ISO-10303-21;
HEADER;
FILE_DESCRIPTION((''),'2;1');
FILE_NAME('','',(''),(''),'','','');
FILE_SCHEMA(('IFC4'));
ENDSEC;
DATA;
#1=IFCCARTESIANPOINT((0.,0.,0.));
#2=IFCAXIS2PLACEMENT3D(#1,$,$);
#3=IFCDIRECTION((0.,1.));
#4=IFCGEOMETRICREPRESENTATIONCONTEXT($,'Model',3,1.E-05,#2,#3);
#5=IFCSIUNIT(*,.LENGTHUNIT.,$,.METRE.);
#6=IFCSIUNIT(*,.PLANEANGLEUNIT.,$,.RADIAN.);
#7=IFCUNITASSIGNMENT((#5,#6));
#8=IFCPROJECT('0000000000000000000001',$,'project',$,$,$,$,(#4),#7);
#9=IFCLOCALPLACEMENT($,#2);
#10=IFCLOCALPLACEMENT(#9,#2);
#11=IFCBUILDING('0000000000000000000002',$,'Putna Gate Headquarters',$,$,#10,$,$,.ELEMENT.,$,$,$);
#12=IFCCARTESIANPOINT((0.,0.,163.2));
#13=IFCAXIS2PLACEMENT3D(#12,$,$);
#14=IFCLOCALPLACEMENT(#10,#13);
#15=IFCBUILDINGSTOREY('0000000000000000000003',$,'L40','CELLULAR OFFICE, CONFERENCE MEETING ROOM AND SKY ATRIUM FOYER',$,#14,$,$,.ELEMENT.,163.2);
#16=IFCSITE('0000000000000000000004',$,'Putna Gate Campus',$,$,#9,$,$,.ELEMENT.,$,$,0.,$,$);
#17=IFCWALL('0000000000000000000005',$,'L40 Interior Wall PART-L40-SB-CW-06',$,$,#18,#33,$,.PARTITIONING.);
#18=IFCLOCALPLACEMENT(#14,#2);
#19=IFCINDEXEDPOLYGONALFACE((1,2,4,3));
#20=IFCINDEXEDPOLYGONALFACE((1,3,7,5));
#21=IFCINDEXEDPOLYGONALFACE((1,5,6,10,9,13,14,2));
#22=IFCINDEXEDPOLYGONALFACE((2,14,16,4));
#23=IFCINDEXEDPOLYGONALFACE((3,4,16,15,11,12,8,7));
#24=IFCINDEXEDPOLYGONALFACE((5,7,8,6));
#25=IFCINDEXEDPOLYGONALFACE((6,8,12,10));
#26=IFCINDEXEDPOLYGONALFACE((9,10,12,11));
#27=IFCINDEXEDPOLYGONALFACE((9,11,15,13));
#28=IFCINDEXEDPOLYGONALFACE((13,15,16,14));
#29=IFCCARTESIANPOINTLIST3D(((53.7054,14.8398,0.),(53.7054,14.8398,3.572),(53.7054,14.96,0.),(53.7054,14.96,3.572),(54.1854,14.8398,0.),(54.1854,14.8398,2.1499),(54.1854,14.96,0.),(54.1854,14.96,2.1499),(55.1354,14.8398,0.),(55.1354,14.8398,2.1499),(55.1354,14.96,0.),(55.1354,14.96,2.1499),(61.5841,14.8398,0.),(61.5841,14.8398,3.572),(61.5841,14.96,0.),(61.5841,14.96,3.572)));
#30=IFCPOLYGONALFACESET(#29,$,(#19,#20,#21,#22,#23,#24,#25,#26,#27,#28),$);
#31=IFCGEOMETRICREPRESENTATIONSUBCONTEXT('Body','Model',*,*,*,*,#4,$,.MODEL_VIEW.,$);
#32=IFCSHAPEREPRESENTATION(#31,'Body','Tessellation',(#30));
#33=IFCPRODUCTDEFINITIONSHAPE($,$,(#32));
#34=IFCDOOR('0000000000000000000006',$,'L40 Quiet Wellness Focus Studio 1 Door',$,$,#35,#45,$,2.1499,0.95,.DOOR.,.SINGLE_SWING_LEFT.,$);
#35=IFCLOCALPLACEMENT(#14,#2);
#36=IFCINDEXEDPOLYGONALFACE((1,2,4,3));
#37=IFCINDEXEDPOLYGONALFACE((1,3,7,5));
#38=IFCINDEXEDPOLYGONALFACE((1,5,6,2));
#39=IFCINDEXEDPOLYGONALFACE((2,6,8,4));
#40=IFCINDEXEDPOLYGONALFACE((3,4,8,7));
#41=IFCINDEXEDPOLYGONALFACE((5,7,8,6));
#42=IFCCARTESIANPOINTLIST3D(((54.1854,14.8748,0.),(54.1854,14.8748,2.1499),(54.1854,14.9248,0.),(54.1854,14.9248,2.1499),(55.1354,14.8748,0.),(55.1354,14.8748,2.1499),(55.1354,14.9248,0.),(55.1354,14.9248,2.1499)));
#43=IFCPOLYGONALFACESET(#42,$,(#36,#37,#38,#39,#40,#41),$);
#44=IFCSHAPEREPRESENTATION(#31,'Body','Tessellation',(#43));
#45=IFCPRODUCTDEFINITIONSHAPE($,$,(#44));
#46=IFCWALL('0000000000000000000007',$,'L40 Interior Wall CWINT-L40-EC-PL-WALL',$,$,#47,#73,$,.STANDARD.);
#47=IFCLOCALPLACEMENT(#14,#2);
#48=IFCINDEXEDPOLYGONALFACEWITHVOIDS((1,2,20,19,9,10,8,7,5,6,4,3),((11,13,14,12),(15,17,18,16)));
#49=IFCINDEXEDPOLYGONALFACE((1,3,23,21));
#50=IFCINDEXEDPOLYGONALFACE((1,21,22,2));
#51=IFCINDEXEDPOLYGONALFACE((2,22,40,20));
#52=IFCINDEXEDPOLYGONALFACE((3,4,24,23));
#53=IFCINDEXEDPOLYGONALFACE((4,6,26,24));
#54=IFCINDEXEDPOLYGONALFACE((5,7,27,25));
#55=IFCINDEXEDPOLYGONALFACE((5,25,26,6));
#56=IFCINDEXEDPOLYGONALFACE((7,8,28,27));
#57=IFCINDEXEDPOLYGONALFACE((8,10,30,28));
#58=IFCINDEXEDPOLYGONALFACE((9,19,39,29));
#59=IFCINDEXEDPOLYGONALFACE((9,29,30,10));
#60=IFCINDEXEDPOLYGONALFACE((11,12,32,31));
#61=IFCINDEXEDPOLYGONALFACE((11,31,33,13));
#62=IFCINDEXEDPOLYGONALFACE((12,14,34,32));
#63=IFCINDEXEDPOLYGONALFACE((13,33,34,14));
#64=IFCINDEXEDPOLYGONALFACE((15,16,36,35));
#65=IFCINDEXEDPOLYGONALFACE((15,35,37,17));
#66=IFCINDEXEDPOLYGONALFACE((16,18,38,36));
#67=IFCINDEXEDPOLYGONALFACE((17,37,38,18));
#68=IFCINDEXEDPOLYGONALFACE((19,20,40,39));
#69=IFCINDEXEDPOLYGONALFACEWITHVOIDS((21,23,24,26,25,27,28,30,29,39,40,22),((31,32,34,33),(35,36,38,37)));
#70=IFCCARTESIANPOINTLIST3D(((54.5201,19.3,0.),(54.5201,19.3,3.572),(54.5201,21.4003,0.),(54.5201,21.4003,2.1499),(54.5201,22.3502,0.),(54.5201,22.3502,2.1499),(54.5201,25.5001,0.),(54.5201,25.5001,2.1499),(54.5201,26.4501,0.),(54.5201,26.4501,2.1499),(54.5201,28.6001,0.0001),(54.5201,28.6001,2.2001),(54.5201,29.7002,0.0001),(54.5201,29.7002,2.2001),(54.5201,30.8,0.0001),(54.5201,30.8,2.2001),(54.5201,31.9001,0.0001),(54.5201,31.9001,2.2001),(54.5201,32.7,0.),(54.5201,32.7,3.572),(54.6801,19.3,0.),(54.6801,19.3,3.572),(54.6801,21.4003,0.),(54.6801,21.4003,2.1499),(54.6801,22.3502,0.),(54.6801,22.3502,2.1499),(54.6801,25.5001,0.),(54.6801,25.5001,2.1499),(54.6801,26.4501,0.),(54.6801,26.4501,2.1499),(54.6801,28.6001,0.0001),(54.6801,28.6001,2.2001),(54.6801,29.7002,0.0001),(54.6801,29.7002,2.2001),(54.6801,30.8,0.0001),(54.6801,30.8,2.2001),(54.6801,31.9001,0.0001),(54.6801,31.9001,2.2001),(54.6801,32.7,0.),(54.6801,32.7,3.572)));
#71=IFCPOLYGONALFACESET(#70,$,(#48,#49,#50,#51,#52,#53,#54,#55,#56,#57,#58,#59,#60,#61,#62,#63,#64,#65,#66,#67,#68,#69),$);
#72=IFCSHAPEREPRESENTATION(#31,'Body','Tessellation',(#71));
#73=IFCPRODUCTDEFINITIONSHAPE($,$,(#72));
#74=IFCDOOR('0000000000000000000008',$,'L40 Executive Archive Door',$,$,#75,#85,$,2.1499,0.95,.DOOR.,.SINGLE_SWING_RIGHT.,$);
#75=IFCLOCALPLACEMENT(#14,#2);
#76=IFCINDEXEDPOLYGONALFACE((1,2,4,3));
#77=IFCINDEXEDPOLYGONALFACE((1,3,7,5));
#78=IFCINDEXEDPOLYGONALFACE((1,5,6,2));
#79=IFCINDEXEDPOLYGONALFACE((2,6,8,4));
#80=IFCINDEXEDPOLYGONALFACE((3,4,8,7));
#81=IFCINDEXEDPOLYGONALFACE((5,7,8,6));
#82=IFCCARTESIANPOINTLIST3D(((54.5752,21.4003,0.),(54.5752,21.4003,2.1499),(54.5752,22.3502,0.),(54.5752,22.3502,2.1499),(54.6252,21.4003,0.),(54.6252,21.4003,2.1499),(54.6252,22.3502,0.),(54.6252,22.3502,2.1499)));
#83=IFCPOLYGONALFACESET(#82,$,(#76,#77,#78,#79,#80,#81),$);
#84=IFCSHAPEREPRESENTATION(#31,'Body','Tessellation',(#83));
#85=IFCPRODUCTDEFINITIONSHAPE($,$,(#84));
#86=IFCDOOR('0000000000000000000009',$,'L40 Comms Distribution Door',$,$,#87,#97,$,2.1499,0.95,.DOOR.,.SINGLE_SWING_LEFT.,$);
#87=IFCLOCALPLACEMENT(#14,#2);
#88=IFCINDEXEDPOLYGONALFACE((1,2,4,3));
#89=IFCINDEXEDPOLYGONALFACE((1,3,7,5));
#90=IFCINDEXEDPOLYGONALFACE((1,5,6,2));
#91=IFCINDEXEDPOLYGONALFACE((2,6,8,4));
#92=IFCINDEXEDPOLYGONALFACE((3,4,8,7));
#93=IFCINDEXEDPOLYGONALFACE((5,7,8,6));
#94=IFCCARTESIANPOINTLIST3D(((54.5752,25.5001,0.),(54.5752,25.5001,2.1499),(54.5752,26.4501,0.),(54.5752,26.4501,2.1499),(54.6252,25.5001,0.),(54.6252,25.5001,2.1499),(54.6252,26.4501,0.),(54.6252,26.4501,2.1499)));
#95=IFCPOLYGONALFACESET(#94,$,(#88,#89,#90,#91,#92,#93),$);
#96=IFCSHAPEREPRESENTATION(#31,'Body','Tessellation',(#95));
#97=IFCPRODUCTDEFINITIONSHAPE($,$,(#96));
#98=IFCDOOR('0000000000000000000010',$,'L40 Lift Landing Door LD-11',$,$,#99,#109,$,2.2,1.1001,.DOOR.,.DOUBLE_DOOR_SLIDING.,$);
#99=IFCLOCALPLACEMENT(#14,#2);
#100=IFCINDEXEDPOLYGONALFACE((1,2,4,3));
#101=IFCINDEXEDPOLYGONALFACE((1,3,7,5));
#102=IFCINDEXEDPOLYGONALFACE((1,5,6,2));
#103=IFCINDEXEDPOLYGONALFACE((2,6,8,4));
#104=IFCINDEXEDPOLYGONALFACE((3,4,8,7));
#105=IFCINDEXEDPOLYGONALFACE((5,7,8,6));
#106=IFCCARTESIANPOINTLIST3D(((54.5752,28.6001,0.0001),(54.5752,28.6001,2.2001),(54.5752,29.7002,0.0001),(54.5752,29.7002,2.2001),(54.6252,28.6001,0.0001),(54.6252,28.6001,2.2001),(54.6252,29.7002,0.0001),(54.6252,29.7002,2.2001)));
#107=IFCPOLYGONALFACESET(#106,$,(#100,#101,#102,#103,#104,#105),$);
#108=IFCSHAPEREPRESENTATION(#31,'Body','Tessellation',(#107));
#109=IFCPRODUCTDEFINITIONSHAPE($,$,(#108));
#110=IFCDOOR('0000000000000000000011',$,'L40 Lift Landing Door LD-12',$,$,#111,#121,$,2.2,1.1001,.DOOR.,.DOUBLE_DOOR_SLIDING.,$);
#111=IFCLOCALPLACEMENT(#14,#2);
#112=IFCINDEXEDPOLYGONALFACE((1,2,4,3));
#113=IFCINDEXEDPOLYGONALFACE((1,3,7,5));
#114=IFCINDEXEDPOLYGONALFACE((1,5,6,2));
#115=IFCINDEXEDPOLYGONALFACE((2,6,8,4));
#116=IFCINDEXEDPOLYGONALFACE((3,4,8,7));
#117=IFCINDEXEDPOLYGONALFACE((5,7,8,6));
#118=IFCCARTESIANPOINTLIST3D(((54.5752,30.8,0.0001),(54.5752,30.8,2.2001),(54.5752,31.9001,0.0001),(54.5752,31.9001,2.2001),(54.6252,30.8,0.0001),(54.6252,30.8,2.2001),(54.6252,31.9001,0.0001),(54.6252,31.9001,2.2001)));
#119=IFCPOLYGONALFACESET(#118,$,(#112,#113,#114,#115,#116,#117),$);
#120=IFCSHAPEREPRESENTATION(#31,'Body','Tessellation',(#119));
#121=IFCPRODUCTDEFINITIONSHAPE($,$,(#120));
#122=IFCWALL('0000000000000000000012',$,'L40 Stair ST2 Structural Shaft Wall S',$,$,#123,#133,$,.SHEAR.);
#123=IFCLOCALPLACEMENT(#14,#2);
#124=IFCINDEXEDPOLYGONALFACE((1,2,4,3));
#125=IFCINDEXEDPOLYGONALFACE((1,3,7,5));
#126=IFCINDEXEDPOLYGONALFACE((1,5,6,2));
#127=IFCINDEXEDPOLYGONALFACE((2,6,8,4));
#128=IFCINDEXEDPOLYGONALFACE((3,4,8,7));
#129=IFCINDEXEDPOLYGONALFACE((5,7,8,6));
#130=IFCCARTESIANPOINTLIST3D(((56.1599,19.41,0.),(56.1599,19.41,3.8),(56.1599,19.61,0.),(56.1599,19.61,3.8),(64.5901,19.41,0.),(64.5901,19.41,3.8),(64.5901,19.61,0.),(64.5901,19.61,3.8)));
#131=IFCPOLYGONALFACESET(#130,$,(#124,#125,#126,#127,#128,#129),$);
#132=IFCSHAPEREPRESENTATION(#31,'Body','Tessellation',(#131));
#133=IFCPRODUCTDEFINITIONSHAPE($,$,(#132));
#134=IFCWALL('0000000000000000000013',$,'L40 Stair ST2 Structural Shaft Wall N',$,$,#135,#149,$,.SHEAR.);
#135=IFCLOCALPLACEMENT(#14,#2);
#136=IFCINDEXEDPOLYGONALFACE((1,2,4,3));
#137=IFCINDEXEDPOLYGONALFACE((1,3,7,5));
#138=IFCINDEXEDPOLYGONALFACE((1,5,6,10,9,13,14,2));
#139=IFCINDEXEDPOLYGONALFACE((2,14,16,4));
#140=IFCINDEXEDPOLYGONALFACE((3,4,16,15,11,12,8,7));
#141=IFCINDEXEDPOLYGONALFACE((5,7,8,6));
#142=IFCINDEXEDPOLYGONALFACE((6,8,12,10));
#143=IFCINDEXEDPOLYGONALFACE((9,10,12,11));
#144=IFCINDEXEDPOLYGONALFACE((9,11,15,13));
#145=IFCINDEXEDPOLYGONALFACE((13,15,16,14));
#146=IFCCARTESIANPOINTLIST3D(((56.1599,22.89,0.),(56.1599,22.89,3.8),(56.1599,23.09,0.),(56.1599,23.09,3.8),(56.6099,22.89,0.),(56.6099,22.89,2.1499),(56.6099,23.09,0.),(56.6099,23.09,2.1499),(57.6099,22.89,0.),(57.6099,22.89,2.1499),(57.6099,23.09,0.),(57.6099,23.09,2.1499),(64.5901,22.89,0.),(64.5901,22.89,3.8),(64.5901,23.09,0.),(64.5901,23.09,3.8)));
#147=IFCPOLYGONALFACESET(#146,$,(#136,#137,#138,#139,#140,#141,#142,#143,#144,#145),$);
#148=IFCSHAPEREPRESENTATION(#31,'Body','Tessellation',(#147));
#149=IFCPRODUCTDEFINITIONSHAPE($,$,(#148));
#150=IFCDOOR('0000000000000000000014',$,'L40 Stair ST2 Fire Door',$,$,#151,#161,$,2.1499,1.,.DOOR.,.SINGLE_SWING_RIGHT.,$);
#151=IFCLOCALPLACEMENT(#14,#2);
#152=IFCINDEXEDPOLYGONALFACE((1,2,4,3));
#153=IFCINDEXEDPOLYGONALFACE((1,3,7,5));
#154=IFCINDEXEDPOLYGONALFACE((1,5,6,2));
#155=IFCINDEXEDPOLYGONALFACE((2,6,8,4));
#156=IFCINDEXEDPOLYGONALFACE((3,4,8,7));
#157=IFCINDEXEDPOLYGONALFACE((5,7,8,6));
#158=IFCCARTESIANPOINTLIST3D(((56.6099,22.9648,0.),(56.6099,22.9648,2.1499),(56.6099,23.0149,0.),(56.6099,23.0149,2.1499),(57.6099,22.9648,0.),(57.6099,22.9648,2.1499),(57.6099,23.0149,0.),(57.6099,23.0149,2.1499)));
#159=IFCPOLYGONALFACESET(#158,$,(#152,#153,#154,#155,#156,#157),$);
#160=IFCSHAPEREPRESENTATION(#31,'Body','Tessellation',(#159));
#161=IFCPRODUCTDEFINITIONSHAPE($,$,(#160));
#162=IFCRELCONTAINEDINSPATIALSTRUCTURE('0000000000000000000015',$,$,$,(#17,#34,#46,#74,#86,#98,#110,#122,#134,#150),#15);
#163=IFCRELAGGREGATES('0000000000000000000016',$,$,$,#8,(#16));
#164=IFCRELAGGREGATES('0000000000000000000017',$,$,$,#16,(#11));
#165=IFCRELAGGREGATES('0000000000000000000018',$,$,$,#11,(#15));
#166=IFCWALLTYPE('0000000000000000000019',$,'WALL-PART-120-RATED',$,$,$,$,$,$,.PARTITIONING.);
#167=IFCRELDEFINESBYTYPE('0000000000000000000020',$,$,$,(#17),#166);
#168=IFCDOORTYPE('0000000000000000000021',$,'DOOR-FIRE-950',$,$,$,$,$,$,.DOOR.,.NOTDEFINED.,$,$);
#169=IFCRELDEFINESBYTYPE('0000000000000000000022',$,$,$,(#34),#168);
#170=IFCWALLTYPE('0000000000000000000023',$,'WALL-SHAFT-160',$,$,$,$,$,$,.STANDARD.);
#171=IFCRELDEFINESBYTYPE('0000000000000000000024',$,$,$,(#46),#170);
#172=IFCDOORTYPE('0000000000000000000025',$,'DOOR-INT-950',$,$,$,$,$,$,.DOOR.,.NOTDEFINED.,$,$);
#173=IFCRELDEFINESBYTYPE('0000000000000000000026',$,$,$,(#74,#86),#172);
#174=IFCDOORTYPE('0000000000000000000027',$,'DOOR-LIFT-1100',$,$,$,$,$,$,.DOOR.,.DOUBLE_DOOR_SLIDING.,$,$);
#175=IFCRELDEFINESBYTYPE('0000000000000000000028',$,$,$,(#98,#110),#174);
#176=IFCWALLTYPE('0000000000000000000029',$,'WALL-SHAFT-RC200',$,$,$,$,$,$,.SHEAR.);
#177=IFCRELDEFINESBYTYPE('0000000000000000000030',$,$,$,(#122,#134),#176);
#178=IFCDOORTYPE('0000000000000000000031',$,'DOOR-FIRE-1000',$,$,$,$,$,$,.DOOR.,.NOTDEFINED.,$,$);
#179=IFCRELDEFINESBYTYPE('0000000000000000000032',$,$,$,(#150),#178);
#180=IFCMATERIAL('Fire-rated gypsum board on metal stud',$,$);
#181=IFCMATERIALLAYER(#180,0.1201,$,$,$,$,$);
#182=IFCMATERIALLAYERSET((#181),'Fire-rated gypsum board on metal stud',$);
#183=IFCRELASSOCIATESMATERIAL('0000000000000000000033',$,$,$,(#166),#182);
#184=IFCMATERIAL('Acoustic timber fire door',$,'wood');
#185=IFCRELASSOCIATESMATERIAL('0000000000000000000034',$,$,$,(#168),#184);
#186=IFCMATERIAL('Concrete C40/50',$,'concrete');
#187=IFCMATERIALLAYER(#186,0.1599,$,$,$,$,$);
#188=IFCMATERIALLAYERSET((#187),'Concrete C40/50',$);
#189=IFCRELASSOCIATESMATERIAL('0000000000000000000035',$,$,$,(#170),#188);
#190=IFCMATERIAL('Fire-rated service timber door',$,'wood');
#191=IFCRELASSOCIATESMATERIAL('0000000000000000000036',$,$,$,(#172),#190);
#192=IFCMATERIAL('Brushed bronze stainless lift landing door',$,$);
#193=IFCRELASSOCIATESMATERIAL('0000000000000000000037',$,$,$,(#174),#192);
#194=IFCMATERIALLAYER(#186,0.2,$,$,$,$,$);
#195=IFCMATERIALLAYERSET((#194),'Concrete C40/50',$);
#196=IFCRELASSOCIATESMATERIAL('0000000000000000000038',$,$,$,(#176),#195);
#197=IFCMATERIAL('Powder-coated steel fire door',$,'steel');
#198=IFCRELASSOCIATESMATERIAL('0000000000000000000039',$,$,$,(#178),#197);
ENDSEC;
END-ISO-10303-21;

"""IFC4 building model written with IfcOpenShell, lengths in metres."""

from ifc_helpers import new_model, si_unit, direction, frame, frame_2d, origin, place, context, subcontext, project, spatial, rectangle, extrude, material, layer, layer_set, type_object, element, fill, save


model = new_model("IFC4")

# Units and contexts
model_context = context("Model", 3, precision=1e-05, world=origin(), true_north=direction((0.0, 1.0)))
body_context = subcontext(model_context, "Body", "Model", "MODEL_VIEW")
ifc_project = project(units=[si_unit("LENGTHUNIT", "METRE"), si_unit("PLANEANGLEUNIT", "RADIAN")], contexts=[model_context])

# Site, building, storey
site_placement = place(None, origin())
site = spatial("IfcSite", under=ifc_project, at=site_placement, Name="Putna Gate Campus", CompositionType="ELEMENT", RefElevation=0.0)
building_placement = place(site_placement, origin())
building = spatial("IfcBuilding", under=site, at=building_placement, Name="Putna Gate Headquarters", CompositionType="ELEMENT")
storey_placement = place(building_placement, frame((0.0, 0.0, 163.2)))
storey = spatial("IfcBuildingStorey", under=building, at=storey_placement, Name="L40", Description="CELLULAR OFFICE, CONFERENCE MEETING ROOM AND SKY ATRIUM FOYER", CompositionType="ELEMENT", Elevation=163.2)

# Wall, opening, door
ifc_material_1 = material(Name="Fire-rated gypsum board on metal stud")
ifc_layer_1 = layer(ifc_material_1, 0.1201)
ifc_layer_set_1 = layer_set([ifc_layer_1], Name="Fire-rated gypsum board on metal stud")
wall_type_1 = type_object("IfcWallType", Name="WALL-PART-120-RATED", PredefinedType="PARTITIONING", material=ifc_layer_set_1)
ifc_material_2 = material(Name="Acoustic timber fire door", Category="wood")
door_type_1 = type_object("IfcDoorType", Name="DOOR-FIRE-950", OperationType="NOTDEFINED", PredefinedType="DOOR", material=ifc_material_2)
wall_1_placement = place(storey_placement, frame((53.7053, 14.8999, 0.0), z_axis=(0.0, 0.0, 1.0), x_axis=(1.0, 0.0, 0.0)))
wall_1 = element("IfcWall", 1, at=wall_1_placement, inside=storey, type_object=wall_type_1, Name="L40 Interior Wall PART-L40-SB-CW-06", PredefinedType="PARTITIONING", context=body_context, shape_type="SweptSolid", body=[
    extrude(rectangle(XDim=7.8787, YDim=0.1201, at=frame_2d((3.9395, 0.0))), origin(), (0.0, 0.0, 1.0), 3.572),
])
opening_1_placement = place(wall_1_placement, frame((0.48, 0.0, 0.0)))
opening_1 = element("IfcOpeningElement", 2, at=opening_1_placement, cuts=wall_1, PredefinedType="OPENING", context=body_context, shape_type="SweptSolid", body=[
    extrude(rectangle(XDim=0.95, YDim=2.1499, at=frame_2d((0.4751, 1.075))), frame((0.0, 0.0701, 0.0), z_axis=(0.0, -1.0, 0.0), x_axis=(1.0, 0.0, 0.0)), (0.0, 0.0, 1.0), 0.1401),
])
door_1_placement = place(opening_1_placement, origin())
door_1 = element("IfcDoor", 3, at=door_1_placement, inside=storey, type_object=door_type_1, Name="L40 Quiet Wellness Focus Studio 1 Door", OperationType="SINGLE_SWING_LEFT", OverallHeight=2.1499, OverallWidth=0.95, PredefinedType="DOOR", context=body_context, shape_type="SweptSolid", body=[
    extrude(rectangle(XDim=0.95, YDim=2.1499, at=frame_2d((0.4751, 1.075))), frame((0.0, 0.0249, 0.0), z_axis=(0.0, -1.0, 0.0), x_axis=(1.0, 0.0, 0.0)), (0.0, 0.0, 1.0), 0.05),
])
fill(opening_1, door_1)

# Wall, openings, doors
ifc_material_3 = material(Name="Concrete C40/50", Category="concrete")
ifc_layer_2 = layer(ifc_material_3, 0.1599)
ifc_layer_set_2 = layer_set([ifc_layer_2], Name="Concrete C40/50")
wall_type_2 = type_object("IfcWallType", Name="WALL-SHAFT-160", PredefinedType="STANDARD", material=ifc_layer_set_2)
wall_2_placement = place(storey_placement, frame((54.6001, 19.3, 0.0), z_axis=(0.0, 0.0, 1.0), x_axis=(0.0, 1.0, 0.0)))
wall_2 = element("IfcWall", 4, at=wall_2_placement, inside=storey, type_object=wall_type_2, Name="L40 Interior Wall CWINT-L40-EC-PL-WALL", PredefinedType="STANDARD", context=body_context, shape_type="SweptSolid", body=[
    extrude(rectangle(XDim=13.3999, YDim=0.1599, at=frame_2d((6.7, 0.0))), origin(), (0.0, 0.0, 1.0), 3.572),
])
opening_2_placement = place(wall_2_placement, frame((2.1001, 0.0, 0.0)))
opening_2 = element("IfcOpeningElement", 5, at=opening_2_placement, cuts=wall_2, PredefinedType="OPENING", context=body_context, shape_type="SweptSolid", body=[
    extrude(rectangle(XDim=0.95, YDim=2.1499, at=frame_2d((0.4751, 1.075))), frame((0.0, 0.0898, 0.0), z_axis=(0.0, -1.0, 0.0), x_axis=(1.0, 0.0, 0.0)), (0.0, 0.0, 1.0), 0.1799),
])
opening_3_placement = place(wall_2_placement, frame((6.2, 0.0, 0.0)))
opening_3 = element("IfcOpeningElement", 6, at=opening_3_placement, cuts=wall_2, PredefinedType="OPENING", context=body_context, shape_type="SweptSolid", body=[
    extrude(rectangle(XDim=0.95, YDim=2.1499, at=frame_2d((0.4751, 1.075))), frame((0.0, 0.0898, 0.0), z_axis=(0.0, -1.0, 0.0), x_axis=(1.0, 0.0, 0.0)), (0.0, 0.0, 1.0), 0.1799),
])
opening_4_placement = place(wall_2_placement, frame((9.3, 0.0, 0.0)))
opening_4 = element("IfcOpeningElement", 7, at=opening_4_placement, cuts=wall_2, PredefinedType="OPENING", context=body_context, shape_type="SweptSolid", body=[
    extrude(rectangle(XDim=1.1001, YDim=2.2, at=frame_2d((0.55, 1.1001))), frame((0.0, 0.0898, 0.0), z_axis=(0.0, -1.0, 0.0), x_axis=(1.0, 0.0, 0.0)), (0.0, 0.0, 1.0), 0.1799),
])
opening_5_placement = place(wall_2_placement, frame((11.5, 0.0, 0.0)))
opening_5 = element("IfcOpeningElement", 8, at=opening_5_placement, cuts=wall_2, PredefinedType="OPENING", context=body_context, shape_type="SweptSolid", body=[
    extrude(rectangle(XDim=1.1001, YDim=2.2, at=frame_2d((0.55, 1.1001))), frame((0.0, 0.0898, 0.0), z_axis=(0.0, -1.0, 0.0), x_axis=(1.0, 0.0, 0.0)), (0.0, 0.0, 1.0), 0.1799),
])
ifc_material_4 = material(Name="Fire-rated service timber door", Category="wood")
door_type_2 = type_object("IfcDoorType", Name="DOOR-INT-950", OperationType="NOTDEFINED", PredefinedType="DOOR", material=ifc_material_4)
door_2_placement = place(opening_2_placement, origin())
door_2 = element("IfcDoor", 9, at=door_2_placement, inside=storey, type_object=door_type_2, Name="L40 Executive Archive Door", OperationType="SINGLE_SWING_RIGHT", OverallHeight=2.1499, OverallWidth=0.95, PredefinedType="DOOR", context=body_context, shape_type="SweptSolid", body=[
    extrude(rectangle(XDim=0.95, YDim=2.1499, at=frame_2d((0.4751, 1.075))), frame((0.0, 0.0249, 0.0), z_axis=(0.0, -1.0, 0.0), x_axis=(1.0, 0.0, 0.0)), (0.0, 0.0, 1.0), 0.05),
])
fill(opening_2, door_2)
door_3_placement = place(opening_3_placement, origin())
door_3 = element("IfcDoor", 10, at=door_3_placement, inside=storey, type_object=door_type_2, Name="L40 Comms Distribution Door", OperationType="SINGLE_SWING_LEFT", OverallHeight=2.1499, OverallWidth=0.95, PredefinedType="DOOR", context=body_context, shape_type="SweptSolid", body=[
    extrude(rectangle(XDim=0.95, YDim=2.1499, at=frame_2d((0.4751, 1.075))), frame((0.0, 0.0249, 0.0), z_axis=(0.0, -1.0, 0.0), x_axis=(1.0, 0.0, 0.0)), (0.0, 0.0, 1.0), 0.05),
])
fill(opening_3, door_3)
ifc_material_5 = material(Name="Brushed bronze stainless lift landing door")
door_type_3 = type_object("IfcDoorType", Name="DOOR-LIFT-1100", OperationType="DOUBLE_DOOR_SLIDING", PredefinedType="DOOR", material=ifc_material_5)
door_4_placement = place(opening_4_placement, origin())
door_4 = element("IfcDoor", 11, at=door_4_placement, inside=storey, type_object=door_type_3, Name="L40 Lift Landing Door LD-11", OperationType="DOUBLE_DOOR_SLIDING", OverallHeight=2.2, OverallWidth=1.1001, PredefinedType="DOOR", context=body_context, shape_type="SweptSolid", body=[
    extrude(rectangle(XDim=1.1001, YDim=2.2, at=frame_2d((0.55, 1.1001))), frame((0.0, 0.0249, 0.0), z_axis=(0.0, -1.0, 0.0), x_axis=(1.0, 0.0, 0.0)), (0.0, 0.0, 1.0), 0.05),
])
fill(opening_4, door_4)
door_5_placement = place(opening_5_placement, origin())
door_5 = element("IfcDoor", 12, at=door_5_placement, inside=storey, type_object=door_type_3, Name="L40 Lift Landing Door LD-12", OperationType="DOUBLE_DOOR_SLIDING", OverallHeight=2.2, OverallWidth=1.1001, PredefinedType="DOOR", context=body_context, shape_type="SweptSolid", body=[
    extrude(rectangle(XDim=1.1001, YDim=2.2, at=frame_2d((0.55, 1.1001))), frame((0.0, 0.0249, 0.0), z_axis=(0.0, -1.0, 0.0), x_axis=(1.0, 0.0, 0.0)), (0.0, 0.0, 1.0), 0.05),
])
fill(opening_5, door_5)

# Wall
ifc_layer_3 = layer(ifc_material_3, 0.2)
ifc_layer_set_3 = layer_set([ifc_layer_3], Name="Concrete C40/50")
wall_type_3 = type_object("IfcWallType", Name="WALL-SHAFT-RC200", PredefinedType="SHEAR", material=ifc_layer_set_3)
wall_3_placement = place(storey_placement, frame((56.1599, 19.51, 0.0), z_axis=(0.0, 0.0, 1.0), x_axis=(1.0, 0.0, 0.0)))
element("IfcWall", 13, at=wall_3_placement, inside=storey, type_object=wall_type_3, Name="L40 Stair ST2 Structural Shaft Wall S", PredefinedType="SHEAR", context=body_context, shape_type="SweptSolid", body=[
    extrude(rectangle(XDim=8.4302, YDim=0.2, at=frame_2d((4.2151, 0.0))), origin(), (0.0, 0.0, 1.0), 3.8),
])

# Wall, opening, door
wall_4_placement = place(storey_placement, frame((56.1599, 22.99, 0.0), z_axis=(0.0, 0.0, 1.0), x_axis=(1.0, 0.0, 0.0)))
wall_4 = element("IfcWall", 14, at=wall_4_placement, inside=storey, type_object=wall_type_3, Name="L40 Stair ST2 Structural Shaft Wall N", PredefinedType="SHEAR", context=body_context, shape_type="SweptSolid", body=[
    extrude(rectangle(XDim=8.4302, YDim=0.2, at=frame_2d((4.2151, 0.0))), origin(), (0.0, 0.0, 1.0), 3.8),
])
opening_6_placement = place(wall_4_placement, frame((0.45, 0.0, 0.0)))
opening_6 = element("IfcOpeningElement", 15, at=opening_6_placement, cuts=wall_4, PredefinedType="OPENING", context=body_context, shape_type="SweptSolid", body=[
    extrude(rectangle(XDim=1.0, YDim=2.1499, at=frame_2d((0.5, 1.075))), frame((0.0, 0.1099, 0.0), z_axis=(0.0, -1.0, 0.0), x_axis=(1.0, 0.0, 0.0)), (0.0, 0.0, 1.0), 0.22),
])
ifc_material_6 = material(Name="Powder-coated steel fire door", Category="steel")
door_type_4 = type_object("IfcDoorType", Name="DOOR-FIRE-1000", OperationType="NOTDEFINED", PredefinedType="DOOR", material=ifc_material_6)
door_6_placement = place(opening_6_placement, origin())
door_6 = element("IfcDoor", 16, at=door_6_placement, inside=storey, type_object=door_type_4, Name="L40 Stair ST2 Fire Door", OperationType="SINGLE_SWING_RIGHT", OverallHeight=2.1499, OverallWidth=1.0, PredefinedType="DOOR", context=body_context, shape_type="SweptSolid", body=[
    extrude(rectangle(XDim=1.0, YDim=2.1499, at=frame_2d((0.5, 1.075))), frame((0.0, 0.0249, 0.0), z_axis=(0.0, -1.0, 0.0), x_axis=(1.0, 0.0, 0.0)), (0.0, 0.0, 1.0), 0.05),
])
fill(opening_6, door_6)

save(model, "model.ifc")
